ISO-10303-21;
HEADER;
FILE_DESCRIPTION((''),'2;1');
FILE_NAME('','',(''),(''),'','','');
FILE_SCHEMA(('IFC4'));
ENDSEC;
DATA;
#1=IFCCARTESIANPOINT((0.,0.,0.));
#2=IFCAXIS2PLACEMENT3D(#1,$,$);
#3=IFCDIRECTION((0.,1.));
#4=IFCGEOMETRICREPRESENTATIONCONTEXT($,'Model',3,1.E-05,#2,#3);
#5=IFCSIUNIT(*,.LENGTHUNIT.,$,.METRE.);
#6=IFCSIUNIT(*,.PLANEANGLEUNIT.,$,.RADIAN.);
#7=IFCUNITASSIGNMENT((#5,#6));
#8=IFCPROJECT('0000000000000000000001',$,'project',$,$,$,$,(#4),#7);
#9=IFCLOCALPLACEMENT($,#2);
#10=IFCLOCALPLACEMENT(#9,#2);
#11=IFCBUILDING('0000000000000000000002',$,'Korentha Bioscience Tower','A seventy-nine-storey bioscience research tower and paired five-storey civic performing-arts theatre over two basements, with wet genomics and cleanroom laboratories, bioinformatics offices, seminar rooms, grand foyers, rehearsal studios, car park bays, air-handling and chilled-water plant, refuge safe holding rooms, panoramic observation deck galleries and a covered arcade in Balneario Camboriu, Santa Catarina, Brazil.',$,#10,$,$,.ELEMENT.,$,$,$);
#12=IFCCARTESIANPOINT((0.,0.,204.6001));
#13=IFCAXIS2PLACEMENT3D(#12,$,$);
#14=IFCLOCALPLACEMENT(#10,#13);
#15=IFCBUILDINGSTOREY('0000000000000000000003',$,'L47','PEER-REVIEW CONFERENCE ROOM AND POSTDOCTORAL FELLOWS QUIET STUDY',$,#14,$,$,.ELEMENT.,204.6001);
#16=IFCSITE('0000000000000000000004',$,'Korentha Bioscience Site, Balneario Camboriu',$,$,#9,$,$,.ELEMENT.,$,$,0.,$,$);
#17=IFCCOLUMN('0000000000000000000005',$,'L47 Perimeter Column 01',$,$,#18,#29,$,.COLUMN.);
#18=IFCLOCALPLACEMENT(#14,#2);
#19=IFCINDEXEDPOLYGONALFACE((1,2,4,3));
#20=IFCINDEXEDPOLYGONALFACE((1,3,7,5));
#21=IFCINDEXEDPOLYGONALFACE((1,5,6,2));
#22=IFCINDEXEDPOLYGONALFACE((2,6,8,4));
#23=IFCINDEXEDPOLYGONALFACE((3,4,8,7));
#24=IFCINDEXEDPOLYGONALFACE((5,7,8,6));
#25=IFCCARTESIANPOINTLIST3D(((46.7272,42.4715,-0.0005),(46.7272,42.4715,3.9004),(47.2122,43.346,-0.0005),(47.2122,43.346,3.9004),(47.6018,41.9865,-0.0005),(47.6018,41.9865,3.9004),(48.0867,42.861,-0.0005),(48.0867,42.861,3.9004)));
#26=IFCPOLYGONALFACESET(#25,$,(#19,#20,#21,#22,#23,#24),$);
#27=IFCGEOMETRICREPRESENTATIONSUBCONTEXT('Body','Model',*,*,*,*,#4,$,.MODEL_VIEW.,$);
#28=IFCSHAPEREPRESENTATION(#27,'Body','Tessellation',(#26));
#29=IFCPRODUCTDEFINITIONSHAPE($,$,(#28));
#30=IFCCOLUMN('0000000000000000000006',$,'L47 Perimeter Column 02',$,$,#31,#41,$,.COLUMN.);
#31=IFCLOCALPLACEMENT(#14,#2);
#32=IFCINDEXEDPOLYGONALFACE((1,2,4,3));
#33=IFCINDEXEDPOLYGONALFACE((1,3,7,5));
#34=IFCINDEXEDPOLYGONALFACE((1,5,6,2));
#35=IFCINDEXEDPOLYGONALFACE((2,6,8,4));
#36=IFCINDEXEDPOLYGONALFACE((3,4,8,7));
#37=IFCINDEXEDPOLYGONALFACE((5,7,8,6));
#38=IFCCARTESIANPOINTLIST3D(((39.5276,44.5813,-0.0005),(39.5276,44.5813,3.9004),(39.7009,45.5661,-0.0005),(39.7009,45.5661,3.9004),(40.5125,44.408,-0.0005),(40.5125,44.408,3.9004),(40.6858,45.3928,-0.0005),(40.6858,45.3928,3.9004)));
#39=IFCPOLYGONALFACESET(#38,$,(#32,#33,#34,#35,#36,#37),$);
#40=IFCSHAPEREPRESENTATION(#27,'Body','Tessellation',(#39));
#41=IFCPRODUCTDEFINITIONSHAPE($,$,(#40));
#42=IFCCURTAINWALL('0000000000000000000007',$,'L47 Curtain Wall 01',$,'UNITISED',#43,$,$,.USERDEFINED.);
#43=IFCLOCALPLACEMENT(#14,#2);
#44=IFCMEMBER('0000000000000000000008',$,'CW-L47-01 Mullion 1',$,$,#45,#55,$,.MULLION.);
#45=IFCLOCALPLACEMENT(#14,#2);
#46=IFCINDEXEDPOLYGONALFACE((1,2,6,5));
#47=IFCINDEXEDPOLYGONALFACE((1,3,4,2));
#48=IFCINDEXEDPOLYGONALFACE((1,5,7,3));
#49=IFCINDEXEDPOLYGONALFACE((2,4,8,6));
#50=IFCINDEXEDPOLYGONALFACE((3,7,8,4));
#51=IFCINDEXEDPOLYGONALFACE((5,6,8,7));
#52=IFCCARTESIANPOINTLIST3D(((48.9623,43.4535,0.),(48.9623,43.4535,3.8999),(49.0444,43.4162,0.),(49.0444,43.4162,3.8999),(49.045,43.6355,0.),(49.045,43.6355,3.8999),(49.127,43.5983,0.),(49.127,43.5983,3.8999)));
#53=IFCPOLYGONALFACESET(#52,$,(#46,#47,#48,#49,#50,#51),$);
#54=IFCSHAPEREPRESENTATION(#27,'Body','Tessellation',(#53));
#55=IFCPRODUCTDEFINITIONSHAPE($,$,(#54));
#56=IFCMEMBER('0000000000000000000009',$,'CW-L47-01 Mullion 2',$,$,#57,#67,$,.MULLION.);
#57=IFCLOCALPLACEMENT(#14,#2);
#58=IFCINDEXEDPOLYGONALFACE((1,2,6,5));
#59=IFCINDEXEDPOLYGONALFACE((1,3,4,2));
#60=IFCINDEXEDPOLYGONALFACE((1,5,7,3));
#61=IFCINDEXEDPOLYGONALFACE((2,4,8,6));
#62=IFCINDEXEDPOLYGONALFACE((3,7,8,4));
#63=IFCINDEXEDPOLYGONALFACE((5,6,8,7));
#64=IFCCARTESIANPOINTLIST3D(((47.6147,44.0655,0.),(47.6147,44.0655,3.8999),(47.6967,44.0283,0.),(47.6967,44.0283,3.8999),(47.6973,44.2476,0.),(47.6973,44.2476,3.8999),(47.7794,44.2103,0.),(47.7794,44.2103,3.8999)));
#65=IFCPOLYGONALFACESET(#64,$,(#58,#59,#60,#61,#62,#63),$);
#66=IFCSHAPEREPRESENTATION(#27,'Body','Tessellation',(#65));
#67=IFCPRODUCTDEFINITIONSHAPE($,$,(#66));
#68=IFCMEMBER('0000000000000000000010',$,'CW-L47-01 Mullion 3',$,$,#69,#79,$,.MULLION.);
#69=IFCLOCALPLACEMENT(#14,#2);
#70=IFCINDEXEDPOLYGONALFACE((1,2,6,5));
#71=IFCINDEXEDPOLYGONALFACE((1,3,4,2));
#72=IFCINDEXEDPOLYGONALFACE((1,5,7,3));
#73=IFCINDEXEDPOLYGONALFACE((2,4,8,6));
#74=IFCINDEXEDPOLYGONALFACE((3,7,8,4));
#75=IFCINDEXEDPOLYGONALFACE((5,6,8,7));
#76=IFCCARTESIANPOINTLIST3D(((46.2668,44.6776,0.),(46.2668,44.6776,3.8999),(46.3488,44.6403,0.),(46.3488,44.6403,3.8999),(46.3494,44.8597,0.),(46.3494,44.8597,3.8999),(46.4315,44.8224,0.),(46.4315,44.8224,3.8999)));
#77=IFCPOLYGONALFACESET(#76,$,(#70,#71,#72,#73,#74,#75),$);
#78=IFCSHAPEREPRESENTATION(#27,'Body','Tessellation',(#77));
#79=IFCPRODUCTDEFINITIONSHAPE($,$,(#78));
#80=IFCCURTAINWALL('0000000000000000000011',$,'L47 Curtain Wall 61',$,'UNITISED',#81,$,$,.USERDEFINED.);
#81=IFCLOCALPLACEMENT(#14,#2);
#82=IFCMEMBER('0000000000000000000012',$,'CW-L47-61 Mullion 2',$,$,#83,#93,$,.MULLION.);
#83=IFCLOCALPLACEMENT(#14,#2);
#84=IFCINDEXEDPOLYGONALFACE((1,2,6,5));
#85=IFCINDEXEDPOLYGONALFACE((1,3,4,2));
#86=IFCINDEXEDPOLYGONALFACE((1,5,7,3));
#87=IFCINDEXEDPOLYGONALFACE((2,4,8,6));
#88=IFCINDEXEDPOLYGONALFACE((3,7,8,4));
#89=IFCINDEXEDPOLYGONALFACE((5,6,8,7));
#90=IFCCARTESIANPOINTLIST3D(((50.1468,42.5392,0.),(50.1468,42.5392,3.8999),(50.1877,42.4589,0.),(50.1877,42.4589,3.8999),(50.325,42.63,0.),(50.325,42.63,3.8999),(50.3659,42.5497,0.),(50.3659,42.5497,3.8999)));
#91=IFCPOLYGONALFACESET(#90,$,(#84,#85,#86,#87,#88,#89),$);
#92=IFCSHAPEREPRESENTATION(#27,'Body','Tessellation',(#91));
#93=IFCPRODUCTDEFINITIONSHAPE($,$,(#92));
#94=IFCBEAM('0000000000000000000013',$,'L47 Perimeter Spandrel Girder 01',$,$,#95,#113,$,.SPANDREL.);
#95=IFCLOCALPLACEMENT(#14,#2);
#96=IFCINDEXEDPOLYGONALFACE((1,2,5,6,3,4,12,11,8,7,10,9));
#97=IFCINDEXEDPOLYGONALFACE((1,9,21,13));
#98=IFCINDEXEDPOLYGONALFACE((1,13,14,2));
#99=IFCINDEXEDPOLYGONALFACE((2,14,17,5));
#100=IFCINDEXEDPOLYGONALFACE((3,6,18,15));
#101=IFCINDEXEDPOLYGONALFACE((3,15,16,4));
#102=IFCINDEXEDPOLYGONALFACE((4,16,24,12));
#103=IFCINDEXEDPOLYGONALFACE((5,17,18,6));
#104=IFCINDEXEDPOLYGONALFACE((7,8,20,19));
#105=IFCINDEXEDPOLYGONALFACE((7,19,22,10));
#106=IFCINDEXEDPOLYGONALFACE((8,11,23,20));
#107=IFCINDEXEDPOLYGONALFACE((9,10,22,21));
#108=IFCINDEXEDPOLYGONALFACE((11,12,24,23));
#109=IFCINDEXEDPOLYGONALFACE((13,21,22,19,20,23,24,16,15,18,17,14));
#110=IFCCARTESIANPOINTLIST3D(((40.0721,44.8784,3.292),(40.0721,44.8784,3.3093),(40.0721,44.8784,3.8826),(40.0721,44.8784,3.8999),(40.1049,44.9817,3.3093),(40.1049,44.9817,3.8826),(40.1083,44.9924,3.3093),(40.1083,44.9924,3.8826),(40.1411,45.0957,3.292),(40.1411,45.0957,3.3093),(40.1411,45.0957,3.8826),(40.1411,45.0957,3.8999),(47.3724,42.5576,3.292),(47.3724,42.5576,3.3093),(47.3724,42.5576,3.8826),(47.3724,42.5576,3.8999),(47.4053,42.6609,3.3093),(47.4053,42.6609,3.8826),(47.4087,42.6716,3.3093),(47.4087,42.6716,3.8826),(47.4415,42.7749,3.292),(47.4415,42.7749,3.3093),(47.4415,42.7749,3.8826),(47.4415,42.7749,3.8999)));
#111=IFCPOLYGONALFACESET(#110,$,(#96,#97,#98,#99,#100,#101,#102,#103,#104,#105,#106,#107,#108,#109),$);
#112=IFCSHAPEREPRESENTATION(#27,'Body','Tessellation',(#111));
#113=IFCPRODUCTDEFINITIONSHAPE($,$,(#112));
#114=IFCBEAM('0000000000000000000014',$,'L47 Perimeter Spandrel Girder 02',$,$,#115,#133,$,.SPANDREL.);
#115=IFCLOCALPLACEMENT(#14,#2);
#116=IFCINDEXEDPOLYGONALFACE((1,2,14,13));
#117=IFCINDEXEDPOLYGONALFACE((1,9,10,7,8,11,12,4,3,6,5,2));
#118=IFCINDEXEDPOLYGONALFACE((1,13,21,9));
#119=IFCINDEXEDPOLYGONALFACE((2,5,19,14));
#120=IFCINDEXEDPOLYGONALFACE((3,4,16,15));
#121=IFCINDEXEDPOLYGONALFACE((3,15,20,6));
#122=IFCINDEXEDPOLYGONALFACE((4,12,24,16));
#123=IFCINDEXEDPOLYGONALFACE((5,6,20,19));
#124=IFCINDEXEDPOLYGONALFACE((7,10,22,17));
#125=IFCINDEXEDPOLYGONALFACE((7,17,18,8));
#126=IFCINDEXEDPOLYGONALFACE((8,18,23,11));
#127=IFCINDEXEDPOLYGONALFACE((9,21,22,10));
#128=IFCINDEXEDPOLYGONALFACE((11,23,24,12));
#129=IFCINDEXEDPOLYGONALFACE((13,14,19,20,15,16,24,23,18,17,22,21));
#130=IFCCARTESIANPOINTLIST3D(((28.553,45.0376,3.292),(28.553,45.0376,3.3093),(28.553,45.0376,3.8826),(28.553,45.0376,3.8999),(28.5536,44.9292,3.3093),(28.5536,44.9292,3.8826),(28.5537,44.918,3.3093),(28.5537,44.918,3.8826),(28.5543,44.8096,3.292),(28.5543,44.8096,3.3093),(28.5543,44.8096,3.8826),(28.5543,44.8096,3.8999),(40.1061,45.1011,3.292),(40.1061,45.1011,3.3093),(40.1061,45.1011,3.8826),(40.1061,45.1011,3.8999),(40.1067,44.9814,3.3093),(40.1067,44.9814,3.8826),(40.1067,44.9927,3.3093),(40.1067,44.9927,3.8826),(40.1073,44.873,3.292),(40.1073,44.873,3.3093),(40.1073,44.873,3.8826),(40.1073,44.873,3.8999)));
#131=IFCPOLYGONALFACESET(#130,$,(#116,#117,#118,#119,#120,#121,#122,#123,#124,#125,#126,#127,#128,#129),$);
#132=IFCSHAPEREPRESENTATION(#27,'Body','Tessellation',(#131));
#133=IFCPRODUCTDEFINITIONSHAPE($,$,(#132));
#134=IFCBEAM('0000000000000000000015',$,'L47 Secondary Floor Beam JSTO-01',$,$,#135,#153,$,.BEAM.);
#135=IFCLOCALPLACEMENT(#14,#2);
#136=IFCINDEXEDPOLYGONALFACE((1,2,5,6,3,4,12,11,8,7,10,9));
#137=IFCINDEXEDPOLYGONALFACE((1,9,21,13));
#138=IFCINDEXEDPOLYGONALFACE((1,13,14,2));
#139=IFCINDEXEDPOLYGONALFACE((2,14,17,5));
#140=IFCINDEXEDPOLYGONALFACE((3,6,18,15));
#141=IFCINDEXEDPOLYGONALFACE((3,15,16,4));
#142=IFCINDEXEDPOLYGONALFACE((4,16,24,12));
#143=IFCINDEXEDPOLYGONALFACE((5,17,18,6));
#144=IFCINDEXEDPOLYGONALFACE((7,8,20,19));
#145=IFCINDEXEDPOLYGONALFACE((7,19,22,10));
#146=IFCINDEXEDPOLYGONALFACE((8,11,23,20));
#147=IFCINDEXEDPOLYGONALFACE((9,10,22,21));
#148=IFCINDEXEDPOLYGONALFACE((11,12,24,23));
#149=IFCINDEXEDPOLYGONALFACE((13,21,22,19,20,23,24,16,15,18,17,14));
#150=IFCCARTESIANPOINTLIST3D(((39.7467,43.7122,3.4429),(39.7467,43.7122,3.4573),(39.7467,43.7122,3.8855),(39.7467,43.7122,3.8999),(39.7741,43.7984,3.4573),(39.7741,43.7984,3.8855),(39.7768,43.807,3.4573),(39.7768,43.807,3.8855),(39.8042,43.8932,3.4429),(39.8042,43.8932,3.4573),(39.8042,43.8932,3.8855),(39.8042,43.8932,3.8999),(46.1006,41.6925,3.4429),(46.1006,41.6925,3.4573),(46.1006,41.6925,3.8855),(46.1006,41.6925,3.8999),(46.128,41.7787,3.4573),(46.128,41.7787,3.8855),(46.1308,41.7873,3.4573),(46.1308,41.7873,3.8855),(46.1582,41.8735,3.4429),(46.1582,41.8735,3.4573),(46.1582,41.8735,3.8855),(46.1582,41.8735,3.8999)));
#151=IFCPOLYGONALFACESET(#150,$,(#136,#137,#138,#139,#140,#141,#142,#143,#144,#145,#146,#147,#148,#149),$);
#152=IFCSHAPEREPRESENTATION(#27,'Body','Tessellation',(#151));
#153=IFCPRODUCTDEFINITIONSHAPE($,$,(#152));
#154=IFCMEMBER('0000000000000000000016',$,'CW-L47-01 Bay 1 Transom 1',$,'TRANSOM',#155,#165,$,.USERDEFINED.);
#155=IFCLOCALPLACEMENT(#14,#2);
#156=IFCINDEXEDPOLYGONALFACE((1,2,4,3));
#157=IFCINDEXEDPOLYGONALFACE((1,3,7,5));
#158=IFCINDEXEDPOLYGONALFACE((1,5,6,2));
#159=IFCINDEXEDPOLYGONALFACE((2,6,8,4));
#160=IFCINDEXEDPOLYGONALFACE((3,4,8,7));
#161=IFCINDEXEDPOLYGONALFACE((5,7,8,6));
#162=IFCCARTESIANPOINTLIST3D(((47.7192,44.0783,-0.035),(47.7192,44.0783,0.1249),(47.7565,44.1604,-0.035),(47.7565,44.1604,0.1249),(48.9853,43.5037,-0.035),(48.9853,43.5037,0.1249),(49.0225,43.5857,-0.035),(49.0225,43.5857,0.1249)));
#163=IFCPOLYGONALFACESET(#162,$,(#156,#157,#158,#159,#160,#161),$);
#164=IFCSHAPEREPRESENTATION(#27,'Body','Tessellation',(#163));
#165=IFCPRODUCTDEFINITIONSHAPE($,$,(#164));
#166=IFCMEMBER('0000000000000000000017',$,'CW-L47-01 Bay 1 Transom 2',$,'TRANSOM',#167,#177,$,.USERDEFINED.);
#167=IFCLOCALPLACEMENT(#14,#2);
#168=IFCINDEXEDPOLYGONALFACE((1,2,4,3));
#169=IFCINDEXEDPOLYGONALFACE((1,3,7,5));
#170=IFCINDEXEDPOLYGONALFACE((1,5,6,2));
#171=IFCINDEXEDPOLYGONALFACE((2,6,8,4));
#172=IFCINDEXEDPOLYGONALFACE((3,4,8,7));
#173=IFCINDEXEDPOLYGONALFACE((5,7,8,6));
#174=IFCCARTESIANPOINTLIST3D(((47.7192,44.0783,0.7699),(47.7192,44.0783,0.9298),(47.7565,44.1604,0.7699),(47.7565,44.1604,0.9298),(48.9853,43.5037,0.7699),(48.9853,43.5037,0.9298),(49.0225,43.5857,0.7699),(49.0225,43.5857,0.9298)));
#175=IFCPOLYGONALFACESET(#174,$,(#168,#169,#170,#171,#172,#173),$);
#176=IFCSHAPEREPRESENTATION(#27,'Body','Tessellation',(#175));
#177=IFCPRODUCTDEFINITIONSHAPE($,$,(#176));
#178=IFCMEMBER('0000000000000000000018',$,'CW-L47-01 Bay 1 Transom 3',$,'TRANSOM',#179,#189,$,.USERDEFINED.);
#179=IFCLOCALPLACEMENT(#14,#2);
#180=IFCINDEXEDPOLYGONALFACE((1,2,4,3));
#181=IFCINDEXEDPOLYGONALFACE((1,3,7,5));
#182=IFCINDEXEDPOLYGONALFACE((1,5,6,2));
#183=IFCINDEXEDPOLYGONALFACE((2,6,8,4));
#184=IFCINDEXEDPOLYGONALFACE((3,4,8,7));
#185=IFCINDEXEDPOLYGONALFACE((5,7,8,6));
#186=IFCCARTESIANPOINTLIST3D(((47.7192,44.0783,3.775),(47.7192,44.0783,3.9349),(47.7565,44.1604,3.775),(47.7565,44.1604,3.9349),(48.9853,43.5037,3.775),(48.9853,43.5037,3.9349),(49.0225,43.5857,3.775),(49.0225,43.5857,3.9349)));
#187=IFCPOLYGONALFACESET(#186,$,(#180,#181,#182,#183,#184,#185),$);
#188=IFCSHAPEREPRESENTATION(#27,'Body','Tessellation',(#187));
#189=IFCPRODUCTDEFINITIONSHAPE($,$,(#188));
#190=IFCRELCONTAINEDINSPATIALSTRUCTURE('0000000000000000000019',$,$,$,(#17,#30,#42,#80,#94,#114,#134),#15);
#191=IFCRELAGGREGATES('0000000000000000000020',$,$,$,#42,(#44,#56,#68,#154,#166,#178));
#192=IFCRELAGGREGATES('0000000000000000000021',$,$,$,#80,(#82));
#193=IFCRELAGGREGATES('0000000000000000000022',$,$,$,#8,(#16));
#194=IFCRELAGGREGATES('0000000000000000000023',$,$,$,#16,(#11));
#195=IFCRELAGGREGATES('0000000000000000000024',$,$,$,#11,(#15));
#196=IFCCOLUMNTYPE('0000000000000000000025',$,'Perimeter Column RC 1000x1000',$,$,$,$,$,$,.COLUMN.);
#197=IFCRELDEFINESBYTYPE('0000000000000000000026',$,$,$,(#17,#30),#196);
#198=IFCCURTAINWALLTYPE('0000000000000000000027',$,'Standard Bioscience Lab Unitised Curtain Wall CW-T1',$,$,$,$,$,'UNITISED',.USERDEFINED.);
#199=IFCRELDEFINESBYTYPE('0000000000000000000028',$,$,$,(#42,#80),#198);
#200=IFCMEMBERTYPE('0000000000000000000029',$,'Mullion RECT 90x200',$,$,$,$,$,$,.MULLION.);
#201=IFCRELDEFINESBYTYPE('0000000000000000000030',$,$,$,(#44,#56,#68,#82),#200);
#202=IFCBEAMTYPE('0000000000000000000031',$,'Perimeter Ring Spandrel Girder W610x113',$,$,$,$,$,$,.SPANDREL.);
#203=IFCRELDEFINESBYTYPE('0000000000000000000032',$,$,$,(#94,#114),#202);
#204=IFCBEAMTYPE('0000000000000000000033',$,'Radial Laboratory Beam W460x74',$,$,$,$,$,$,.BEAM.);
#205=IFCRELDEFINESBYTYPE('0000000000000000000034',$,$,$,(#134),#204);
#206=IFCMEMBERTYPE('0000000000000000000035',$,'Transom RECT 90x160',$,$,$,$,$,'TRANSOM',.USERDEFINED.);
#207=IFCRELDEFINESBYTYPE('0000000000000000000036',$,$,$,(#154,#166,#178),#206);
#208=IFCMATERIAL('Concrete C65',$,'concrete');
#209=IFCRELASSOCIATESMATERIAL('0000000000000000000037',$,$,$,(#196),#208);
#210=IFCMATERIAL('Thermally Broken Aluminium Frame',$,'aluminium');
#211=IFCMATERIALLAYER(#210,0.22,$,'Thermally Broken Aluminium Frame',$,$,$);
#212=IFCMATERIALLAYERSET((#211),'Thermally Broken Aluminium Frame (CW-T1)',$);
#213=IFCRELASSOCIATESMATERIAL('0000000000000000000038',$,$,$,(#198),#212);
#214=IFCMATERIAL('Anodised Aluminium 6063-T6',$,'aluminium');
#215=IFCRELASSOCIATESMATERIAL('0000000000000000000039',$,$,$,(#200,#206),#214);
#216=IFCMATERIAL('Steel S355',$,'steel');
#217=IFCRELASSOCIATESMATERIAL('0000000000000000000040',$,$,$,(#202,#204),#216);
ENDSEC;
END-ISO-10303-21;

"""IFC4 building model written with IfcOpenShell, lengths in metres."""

from ifc_helpers import new_model, si_unit, direction, frame, origin, origin_2d, place, context, subcontext, project, spatial, rectangle, i_section, extrude, material, layer, layer_set, material_profile, profile_set, type_object, element, aggregate, save


model = new_model("IFC4")

# Units and contexts
model_context = context("Model", 3, precision=1e-05, world=origin(), true_north=direction((0.0, 1.0)))
body_context = subcontext(model_context, "Body", "Model", "MODEL_VIEW")
ifc_project = project(units=[si_unit("LENGTHUNIT", "METRE"), si_unit("PLANEANGLEUNIT", "RADIAN")], contexts=[model_context])

# Site, building, storey
site_placement = place(None, origin())
site = spatial("IfcSite", under=ifc_project, at=site_placement, Name="Korentha Bioscience Site, Balneario Camboriu", CompositionType="ELEMENT", RefElevation=0.0)
building_placement = place(site_placement, origin())
building = spatial("IfcBuilding", under=site, at=building_placement, Name="Korentha Bioscience Tower", Description="A seventy-nine-storey bioscience research tower and paired five-storey civic performing-arts theatre over two basements, with wet genomics and cleanroom laboratories, bioinformatics offices, seminar rooms, grand foyers, rehearsal studios, car park bays, air-handling and chilled-water plant, refuge safe holding rooms, panoramic observation deck galleries and a covered arcade in Balneario Camboriu, Santa Catarina, Brazil.", CompositionType="ELEMENT")
storey_placement = place(building_placement, frame((0.0, 0.0, 204.6001)))
storey = spatial("IfcBuildingStorey", under=building, at=storey_placement, Name="L47", Description="PEER-REVIEW CONFERENCE ROOM AND POSTDOCTORAL FELLOWS QUIET STUDY", CompositionType="ELEMENT", Elevation=204.6001)

# Columns
ifc_material_1 = material(Name="Concrete C65", Category="concrete")
ifc_material_profile_1 = material_profile(ifc_material_1, rectangle(XDim=1.0, YDim=1.0, at=origin_2d()), Name="Concrete C65")
ifc_profile_set_1 = profile_set([ifc_material_profile_1], Name="Concrete C65 (COL-P10)")
column_type = type_object("IfcColumnType", Name="Perimeter Column RC 1000x1000", PredefinedType="COLUMN", material=ifc_profile_set_1)
for number, where, z_axis, x_axis, name in (
    (1, (47.407, 42.6663, -0.0005), (0.0, 0.0, 1.0), (-0.874535, 0.484962, 0.0), "L47 Perimeter Column 01"),
    (2, (40.1067, 44.9871, -0.0005), (0.0, 0.0, 1.0), (-0.984868, 0.173304, 0.0), "L47 Perimeter Column 02"),
):
    element("IfcColumn", number, at=place(storey_placement, frame(where, z_axis=z_axis, x_axis=x_axis)), inside=storey, type_object=column_type, Name=name, PredefinedType="COLUMN", context=body_context, shape_type="SweptSolid", body=[
        extrude(rectangle(XDim=1.0, YDim=1.0, at=origin_2d()), origin(), (0.0, 0.0, 1.0), 3.9009),
    ])

# Curtain wall, members
ifc_material_2 = material(Name="Thermally Broken Aluminium Frame", Category="aluminium")
ifc_layer_1 = layer(ifc_material_2, 0.22, Name="Thermally Broken Aluminium Frame")
ifc_layer_set_1 = layer_set([ifc_layer_1], Name="Thermally Broken Aluminium Frame (CW-T1)")
curtain_wall_type = type_object("IfcCurtainWallType", Name="Standard Bioscience Lab Unitised Curtain Wall CW-T1", ElementType="UNITISED", PredefinedType="USERDEFINED", material=ifc_layer_set_1)
curtain_wall_1_placement = place(storey_placement, origin())
curtain_wall_1 = element("IfcCurtainWall", 3, at=curtain_wall_1_placement, inside=storey, type_object=curtain_wall_type, Name="L47 Curtain Wall 01", ObjectType="UNITISED", PredefinedType="USERDEFINED")
ifc_material_3 = material(Name="Anodised Aluminium 6063-T6", Category="aluminium")
ifc_material_profile_2 = material_profile(ifc_material_3, rectangle(XDim=0.0901, YDim=0.2, at=origin_2d()), Name="Anodised Aluminium 6063-T6")
ifc_profile_set_2 = profile_set([ifc_material_profile_2], Name="Anodised Aluminium 6063-T6 (CW-MUL)")
member_type_1 = type_object("IfcMemberType", Name="Mullion RECT 90x200", PredefinedType="MULLION", material=ifc_profile_set_2)
member_1_placement = place(storey_placement, frame((49.0447, 43.5259, 0.0), z_axis=(0.0, 0.0, 1.0), x_axis=(-0.91052, 0.413465, 0.0)))
member_1 = element("IfcMember", 4, at=member_1_placement, type_object=member_type_1, Name="CW-L47-01 Mullion 1", PredefinedType="MULLION", context=body_context, shape_type="SweptSolid", body=[
    extrude(rectangle(XDim=0.0901, YDim=0.2, at=origin_2d()), origin(), (0.0, 0.0, 1.0), 3.8999),
])
member_2_placement = place(storey_placement, frame((47.697, 44.1379, 0.0), z_axis=(0.0, 0.0, 1.0), x_axis=(-0.91052, 0.413465, 0.0)))
member_2 = element("IfcMember", 5, at=member_2_placement, type_object=member_type_1, Name="CW-L47-01 Mullion 2", PredefinedType="MULLION", context=body_context, shape_type="SweptSolid", body=[
    extrude(rectangle(XDim=0.0901, YDim=0.2, at=origin_2d()), origin(), (0.0, 0.0, 1.0), 3.8999),
])
member_3_placement = place(storey_placement, frame((46.3491, 44.75, 0.0), z_axis=(0.0, 0.0, 1.0), x_axis=(-0.91052, 0.413465, 0.0)))
member_3 = element("IfcMember", 6, at=member_3_placement, type_object=member_type_1, Name="CW-L47-01 Mullion 3", PredefinedType="MULLION", context=body_context, shape_type="SweptSolid", body=[
    extrude(rectangle(XDim=0.0901, YDim=0.2, at=origin_2d()), origin(), (0.0, 0.0, 1.0), 3.8999),
])

# Curtain wall, member
curtain_wall_2_placement = place(storey_placement, origin())
curtain_wall_2 = element("IfcCurtainWall", 7, at=curtain_wall_2_placement, inside=storey, type_object=curtain_wall_type, Name="L47 Curtain Wall 61", ObjectType="UNITISED", PredefinedType="USERDEFINED")
member_4_placement = place(storey_placement, frame((50.2563, 42.5444, 0.0), z_axis=(0.0, 0.0, 1.0), x_axis=(-0.454116, 0.890943, 0.0)))
member_4 = element("IfcMember", 8, at=member_4_placement, type_object=member_type_1, Name="CW-L47-61 Mullion 2", PredefinedType="MULLION", context=body_context, shape_type="SweptSolid", body=[
    extrude(rectangle(XDim=0.0901, YDim=0.2, at=origin_2d()), origin(), (0.0, 0.0, 1.0), 3.8999),
])

# Beams
ifc_material_4 = material(Name="Steel S355", Category="steel")
ifc_material_profile_3 = material_profile(ifc_material_4, i_section(OverallWidth=0.228, OverallDepth=0.6079, WebThickness=0.0112, FlangeThickness=0.0173, at=origin_2d()), Name="Steel S355")
ifc_profile_set_3 = profile_set([ifc_material_profile_3], Name="Steel S355 (SB-610)")
beam_type_1 = type_object("IfcBeamType", Name="Perimeter Ring Spandrel Girder W610x113", PredefinedType="SPANDREL", material=ifc_profile_set_3)
beam_1_placement = place(storey_placement, frame((47.407, 42.6663, 3.5959), z_axis=(-0.953002, 0.302964, 0.0), x_axis=(-0.302964, -0.953002, 0.0)))
element("IfcBeam", 9, at=beam_1_placement, inside=storey, type_object=beam_type_1, Name="L47 Perimeter Spandrel Girder 01", PredefinedType="SPANDREL", context=body_context, shape_type="SweptSolid", body=[
    extrude(i_section(OverallWidth=0.228, OverallDepth=0.6079, WebThickness=0.0112, FlangeThickness=0.0173, at=origin_2d()), origin(), (0.0, 0.0, 1.0), 7.6604),
])
beam_2_placement = place(storey_placement, frame((40.1067, 44.9871, 3.5959), z_axis=(-0.999985, -0.005494, 0.0), x_axis=(0.005494, -0.999985, 0.0)))
element("IfcBeam", 10, at=beam_2_placement, inside=storey, type_object=beam_type_1, Name="L47 Perimeter Spandrel Girder 02", PredefinedType="SPANDREL", context=body_context, shape_type="SweptSolid", body=[
    extrude(i_section(OverallWidth=0.228, OverallDepth=0.6079, WebThickness=0.0112, FlangeThickness=0.0173, at=origin_2d()), origin(), (0.0, 0.0, 1.0), 11.5532),
])
ifc_material_profile_4 = material_profile(ifc_material_4, i_section(OverallWidth=0.1899, OverallDepth=0.457, WebThickness=0.009, FlangeThickness=0.0144, at=origin_2d()), Name="Steel S355")
ifc_profile_set_4 = profile_set([ifc_material_profile_4], Name="Steel S355 (RB-460)")
beam_type_2 = type_object("IfcBeamType", Name="Radial Laboratory Beam W460x74", PredefinedType="BEAM", material=ifc_profile_set_4)
beam_3_placement = place(storey_placement, frame((46.1294, 41.783, 3.6714), z_axis=(-0.95301, 0.302938, 0.0), x_axis=(-0.302938, -0.95301, 0.0)))
element("IfcBeam", 11, at=beam_3_placement, inside=storey, type_object=beam_type_2, Name="L47 Secondary Floor Beam JSTO-01", PredefinedType="BEAM", context=body_context, shape_type="SweptSolid", body=[
    extrude(i_section(OverallWidth=0.1899, OverallDepth=0.457, WebThickness=0.009, FlangeThickness=0.0144, at=origin_2d()), origin(), (0.0, 0.0, 1.0), 6.6672),
])

# Members
ifc_material_profile_5 = material_profile(ifc_material_3, rectangle(XDim=0.0901, YDim=0.1599, at=origin_2d()), Name="Anodised Aluminium 6063-T6")
ifc_profile_set_5 = profile_set([ifc_material_profile_5], Name="Anodised Aluminium 6063-T6 (CW-TRN)")
member_type_2 = type_object("IfcMemberType", Name="Transom RECT 90x160", ElementType="TRANSOM", PredefinedType="USERDEFINED", material=ifc_profile_set_5)
member_5_placement = place(storey_placement, frame((49.0039, 43.5447, 0.0449), z_axis=(-0.910583, 0.413327, 0.0), x_axis=(-0.413327, -0.910583, 0.0)))
member_5 = element("IfcMember", 12, at=member_5_placement, type_object=member_type_2, Name="CW-L47-01 Bay 1 Transom 1", ObjectType="TRANSOM", PredefinedType="USERDEFINED", context=body_context, shape_type="SweptSolid", body=[
    extrude(rectangle(XDim=0.0901, YDim=0.1599, at=origin_2d()), origin(), (0.0, 0.0, 1.0), 1.3904),
])
member_6_placement = place(storey_placement, frame((49.0039, 43.5447, 0.8499), z_axis=(-0.910583, 0.413327, 0.0), x_axis=(-0.413327, -0.910583, 0.0)))
member_6 = element("IfcMember", 13, at=member_6_placement, type_object=member_type_2, Name="CW-L47-01 Bay 1 Transom 2", ObjectType="TRANSOM", PredefinedType="USERDEFINED", context=body_context, shape_type="SweptSolid", body=[
    extrude(rectangle(XDim=0.0901, YDim=0.1599, at=origin_2d()), origin(), (0.0, 0.0, 1.0), 1.3904),
])
member_7_placement = place(storey_placement, frame((49.0039, 43.5447, 3.855), z_axis=(-0.910583, 0.413327, 0.0), x_axis=(-0.413327, -0.910583, 0.0)))
member_7 = element("IfcMember", 14, at=member_7_placement, type_object=member_type_2, Name="CW-L47-01 Bay 1 Transom 3", ObjectType="TRANSOM", PredefinedType="USERDEFINED", context=body_context, shape_type="SweptSolid", body=[
    extrude(rectangle(XDim=0.0901, YDim=0.1599, at=origin_2d()), origin(), (0.0, 0.0, 1.0), 1.3904),
])

aggregate(curtain_wall_1, [member_1, member_2, member_3, member_5, member_6, member_7])
aggregate(curtain_wall_2, [member_4])

save(model, "model.ifc")
